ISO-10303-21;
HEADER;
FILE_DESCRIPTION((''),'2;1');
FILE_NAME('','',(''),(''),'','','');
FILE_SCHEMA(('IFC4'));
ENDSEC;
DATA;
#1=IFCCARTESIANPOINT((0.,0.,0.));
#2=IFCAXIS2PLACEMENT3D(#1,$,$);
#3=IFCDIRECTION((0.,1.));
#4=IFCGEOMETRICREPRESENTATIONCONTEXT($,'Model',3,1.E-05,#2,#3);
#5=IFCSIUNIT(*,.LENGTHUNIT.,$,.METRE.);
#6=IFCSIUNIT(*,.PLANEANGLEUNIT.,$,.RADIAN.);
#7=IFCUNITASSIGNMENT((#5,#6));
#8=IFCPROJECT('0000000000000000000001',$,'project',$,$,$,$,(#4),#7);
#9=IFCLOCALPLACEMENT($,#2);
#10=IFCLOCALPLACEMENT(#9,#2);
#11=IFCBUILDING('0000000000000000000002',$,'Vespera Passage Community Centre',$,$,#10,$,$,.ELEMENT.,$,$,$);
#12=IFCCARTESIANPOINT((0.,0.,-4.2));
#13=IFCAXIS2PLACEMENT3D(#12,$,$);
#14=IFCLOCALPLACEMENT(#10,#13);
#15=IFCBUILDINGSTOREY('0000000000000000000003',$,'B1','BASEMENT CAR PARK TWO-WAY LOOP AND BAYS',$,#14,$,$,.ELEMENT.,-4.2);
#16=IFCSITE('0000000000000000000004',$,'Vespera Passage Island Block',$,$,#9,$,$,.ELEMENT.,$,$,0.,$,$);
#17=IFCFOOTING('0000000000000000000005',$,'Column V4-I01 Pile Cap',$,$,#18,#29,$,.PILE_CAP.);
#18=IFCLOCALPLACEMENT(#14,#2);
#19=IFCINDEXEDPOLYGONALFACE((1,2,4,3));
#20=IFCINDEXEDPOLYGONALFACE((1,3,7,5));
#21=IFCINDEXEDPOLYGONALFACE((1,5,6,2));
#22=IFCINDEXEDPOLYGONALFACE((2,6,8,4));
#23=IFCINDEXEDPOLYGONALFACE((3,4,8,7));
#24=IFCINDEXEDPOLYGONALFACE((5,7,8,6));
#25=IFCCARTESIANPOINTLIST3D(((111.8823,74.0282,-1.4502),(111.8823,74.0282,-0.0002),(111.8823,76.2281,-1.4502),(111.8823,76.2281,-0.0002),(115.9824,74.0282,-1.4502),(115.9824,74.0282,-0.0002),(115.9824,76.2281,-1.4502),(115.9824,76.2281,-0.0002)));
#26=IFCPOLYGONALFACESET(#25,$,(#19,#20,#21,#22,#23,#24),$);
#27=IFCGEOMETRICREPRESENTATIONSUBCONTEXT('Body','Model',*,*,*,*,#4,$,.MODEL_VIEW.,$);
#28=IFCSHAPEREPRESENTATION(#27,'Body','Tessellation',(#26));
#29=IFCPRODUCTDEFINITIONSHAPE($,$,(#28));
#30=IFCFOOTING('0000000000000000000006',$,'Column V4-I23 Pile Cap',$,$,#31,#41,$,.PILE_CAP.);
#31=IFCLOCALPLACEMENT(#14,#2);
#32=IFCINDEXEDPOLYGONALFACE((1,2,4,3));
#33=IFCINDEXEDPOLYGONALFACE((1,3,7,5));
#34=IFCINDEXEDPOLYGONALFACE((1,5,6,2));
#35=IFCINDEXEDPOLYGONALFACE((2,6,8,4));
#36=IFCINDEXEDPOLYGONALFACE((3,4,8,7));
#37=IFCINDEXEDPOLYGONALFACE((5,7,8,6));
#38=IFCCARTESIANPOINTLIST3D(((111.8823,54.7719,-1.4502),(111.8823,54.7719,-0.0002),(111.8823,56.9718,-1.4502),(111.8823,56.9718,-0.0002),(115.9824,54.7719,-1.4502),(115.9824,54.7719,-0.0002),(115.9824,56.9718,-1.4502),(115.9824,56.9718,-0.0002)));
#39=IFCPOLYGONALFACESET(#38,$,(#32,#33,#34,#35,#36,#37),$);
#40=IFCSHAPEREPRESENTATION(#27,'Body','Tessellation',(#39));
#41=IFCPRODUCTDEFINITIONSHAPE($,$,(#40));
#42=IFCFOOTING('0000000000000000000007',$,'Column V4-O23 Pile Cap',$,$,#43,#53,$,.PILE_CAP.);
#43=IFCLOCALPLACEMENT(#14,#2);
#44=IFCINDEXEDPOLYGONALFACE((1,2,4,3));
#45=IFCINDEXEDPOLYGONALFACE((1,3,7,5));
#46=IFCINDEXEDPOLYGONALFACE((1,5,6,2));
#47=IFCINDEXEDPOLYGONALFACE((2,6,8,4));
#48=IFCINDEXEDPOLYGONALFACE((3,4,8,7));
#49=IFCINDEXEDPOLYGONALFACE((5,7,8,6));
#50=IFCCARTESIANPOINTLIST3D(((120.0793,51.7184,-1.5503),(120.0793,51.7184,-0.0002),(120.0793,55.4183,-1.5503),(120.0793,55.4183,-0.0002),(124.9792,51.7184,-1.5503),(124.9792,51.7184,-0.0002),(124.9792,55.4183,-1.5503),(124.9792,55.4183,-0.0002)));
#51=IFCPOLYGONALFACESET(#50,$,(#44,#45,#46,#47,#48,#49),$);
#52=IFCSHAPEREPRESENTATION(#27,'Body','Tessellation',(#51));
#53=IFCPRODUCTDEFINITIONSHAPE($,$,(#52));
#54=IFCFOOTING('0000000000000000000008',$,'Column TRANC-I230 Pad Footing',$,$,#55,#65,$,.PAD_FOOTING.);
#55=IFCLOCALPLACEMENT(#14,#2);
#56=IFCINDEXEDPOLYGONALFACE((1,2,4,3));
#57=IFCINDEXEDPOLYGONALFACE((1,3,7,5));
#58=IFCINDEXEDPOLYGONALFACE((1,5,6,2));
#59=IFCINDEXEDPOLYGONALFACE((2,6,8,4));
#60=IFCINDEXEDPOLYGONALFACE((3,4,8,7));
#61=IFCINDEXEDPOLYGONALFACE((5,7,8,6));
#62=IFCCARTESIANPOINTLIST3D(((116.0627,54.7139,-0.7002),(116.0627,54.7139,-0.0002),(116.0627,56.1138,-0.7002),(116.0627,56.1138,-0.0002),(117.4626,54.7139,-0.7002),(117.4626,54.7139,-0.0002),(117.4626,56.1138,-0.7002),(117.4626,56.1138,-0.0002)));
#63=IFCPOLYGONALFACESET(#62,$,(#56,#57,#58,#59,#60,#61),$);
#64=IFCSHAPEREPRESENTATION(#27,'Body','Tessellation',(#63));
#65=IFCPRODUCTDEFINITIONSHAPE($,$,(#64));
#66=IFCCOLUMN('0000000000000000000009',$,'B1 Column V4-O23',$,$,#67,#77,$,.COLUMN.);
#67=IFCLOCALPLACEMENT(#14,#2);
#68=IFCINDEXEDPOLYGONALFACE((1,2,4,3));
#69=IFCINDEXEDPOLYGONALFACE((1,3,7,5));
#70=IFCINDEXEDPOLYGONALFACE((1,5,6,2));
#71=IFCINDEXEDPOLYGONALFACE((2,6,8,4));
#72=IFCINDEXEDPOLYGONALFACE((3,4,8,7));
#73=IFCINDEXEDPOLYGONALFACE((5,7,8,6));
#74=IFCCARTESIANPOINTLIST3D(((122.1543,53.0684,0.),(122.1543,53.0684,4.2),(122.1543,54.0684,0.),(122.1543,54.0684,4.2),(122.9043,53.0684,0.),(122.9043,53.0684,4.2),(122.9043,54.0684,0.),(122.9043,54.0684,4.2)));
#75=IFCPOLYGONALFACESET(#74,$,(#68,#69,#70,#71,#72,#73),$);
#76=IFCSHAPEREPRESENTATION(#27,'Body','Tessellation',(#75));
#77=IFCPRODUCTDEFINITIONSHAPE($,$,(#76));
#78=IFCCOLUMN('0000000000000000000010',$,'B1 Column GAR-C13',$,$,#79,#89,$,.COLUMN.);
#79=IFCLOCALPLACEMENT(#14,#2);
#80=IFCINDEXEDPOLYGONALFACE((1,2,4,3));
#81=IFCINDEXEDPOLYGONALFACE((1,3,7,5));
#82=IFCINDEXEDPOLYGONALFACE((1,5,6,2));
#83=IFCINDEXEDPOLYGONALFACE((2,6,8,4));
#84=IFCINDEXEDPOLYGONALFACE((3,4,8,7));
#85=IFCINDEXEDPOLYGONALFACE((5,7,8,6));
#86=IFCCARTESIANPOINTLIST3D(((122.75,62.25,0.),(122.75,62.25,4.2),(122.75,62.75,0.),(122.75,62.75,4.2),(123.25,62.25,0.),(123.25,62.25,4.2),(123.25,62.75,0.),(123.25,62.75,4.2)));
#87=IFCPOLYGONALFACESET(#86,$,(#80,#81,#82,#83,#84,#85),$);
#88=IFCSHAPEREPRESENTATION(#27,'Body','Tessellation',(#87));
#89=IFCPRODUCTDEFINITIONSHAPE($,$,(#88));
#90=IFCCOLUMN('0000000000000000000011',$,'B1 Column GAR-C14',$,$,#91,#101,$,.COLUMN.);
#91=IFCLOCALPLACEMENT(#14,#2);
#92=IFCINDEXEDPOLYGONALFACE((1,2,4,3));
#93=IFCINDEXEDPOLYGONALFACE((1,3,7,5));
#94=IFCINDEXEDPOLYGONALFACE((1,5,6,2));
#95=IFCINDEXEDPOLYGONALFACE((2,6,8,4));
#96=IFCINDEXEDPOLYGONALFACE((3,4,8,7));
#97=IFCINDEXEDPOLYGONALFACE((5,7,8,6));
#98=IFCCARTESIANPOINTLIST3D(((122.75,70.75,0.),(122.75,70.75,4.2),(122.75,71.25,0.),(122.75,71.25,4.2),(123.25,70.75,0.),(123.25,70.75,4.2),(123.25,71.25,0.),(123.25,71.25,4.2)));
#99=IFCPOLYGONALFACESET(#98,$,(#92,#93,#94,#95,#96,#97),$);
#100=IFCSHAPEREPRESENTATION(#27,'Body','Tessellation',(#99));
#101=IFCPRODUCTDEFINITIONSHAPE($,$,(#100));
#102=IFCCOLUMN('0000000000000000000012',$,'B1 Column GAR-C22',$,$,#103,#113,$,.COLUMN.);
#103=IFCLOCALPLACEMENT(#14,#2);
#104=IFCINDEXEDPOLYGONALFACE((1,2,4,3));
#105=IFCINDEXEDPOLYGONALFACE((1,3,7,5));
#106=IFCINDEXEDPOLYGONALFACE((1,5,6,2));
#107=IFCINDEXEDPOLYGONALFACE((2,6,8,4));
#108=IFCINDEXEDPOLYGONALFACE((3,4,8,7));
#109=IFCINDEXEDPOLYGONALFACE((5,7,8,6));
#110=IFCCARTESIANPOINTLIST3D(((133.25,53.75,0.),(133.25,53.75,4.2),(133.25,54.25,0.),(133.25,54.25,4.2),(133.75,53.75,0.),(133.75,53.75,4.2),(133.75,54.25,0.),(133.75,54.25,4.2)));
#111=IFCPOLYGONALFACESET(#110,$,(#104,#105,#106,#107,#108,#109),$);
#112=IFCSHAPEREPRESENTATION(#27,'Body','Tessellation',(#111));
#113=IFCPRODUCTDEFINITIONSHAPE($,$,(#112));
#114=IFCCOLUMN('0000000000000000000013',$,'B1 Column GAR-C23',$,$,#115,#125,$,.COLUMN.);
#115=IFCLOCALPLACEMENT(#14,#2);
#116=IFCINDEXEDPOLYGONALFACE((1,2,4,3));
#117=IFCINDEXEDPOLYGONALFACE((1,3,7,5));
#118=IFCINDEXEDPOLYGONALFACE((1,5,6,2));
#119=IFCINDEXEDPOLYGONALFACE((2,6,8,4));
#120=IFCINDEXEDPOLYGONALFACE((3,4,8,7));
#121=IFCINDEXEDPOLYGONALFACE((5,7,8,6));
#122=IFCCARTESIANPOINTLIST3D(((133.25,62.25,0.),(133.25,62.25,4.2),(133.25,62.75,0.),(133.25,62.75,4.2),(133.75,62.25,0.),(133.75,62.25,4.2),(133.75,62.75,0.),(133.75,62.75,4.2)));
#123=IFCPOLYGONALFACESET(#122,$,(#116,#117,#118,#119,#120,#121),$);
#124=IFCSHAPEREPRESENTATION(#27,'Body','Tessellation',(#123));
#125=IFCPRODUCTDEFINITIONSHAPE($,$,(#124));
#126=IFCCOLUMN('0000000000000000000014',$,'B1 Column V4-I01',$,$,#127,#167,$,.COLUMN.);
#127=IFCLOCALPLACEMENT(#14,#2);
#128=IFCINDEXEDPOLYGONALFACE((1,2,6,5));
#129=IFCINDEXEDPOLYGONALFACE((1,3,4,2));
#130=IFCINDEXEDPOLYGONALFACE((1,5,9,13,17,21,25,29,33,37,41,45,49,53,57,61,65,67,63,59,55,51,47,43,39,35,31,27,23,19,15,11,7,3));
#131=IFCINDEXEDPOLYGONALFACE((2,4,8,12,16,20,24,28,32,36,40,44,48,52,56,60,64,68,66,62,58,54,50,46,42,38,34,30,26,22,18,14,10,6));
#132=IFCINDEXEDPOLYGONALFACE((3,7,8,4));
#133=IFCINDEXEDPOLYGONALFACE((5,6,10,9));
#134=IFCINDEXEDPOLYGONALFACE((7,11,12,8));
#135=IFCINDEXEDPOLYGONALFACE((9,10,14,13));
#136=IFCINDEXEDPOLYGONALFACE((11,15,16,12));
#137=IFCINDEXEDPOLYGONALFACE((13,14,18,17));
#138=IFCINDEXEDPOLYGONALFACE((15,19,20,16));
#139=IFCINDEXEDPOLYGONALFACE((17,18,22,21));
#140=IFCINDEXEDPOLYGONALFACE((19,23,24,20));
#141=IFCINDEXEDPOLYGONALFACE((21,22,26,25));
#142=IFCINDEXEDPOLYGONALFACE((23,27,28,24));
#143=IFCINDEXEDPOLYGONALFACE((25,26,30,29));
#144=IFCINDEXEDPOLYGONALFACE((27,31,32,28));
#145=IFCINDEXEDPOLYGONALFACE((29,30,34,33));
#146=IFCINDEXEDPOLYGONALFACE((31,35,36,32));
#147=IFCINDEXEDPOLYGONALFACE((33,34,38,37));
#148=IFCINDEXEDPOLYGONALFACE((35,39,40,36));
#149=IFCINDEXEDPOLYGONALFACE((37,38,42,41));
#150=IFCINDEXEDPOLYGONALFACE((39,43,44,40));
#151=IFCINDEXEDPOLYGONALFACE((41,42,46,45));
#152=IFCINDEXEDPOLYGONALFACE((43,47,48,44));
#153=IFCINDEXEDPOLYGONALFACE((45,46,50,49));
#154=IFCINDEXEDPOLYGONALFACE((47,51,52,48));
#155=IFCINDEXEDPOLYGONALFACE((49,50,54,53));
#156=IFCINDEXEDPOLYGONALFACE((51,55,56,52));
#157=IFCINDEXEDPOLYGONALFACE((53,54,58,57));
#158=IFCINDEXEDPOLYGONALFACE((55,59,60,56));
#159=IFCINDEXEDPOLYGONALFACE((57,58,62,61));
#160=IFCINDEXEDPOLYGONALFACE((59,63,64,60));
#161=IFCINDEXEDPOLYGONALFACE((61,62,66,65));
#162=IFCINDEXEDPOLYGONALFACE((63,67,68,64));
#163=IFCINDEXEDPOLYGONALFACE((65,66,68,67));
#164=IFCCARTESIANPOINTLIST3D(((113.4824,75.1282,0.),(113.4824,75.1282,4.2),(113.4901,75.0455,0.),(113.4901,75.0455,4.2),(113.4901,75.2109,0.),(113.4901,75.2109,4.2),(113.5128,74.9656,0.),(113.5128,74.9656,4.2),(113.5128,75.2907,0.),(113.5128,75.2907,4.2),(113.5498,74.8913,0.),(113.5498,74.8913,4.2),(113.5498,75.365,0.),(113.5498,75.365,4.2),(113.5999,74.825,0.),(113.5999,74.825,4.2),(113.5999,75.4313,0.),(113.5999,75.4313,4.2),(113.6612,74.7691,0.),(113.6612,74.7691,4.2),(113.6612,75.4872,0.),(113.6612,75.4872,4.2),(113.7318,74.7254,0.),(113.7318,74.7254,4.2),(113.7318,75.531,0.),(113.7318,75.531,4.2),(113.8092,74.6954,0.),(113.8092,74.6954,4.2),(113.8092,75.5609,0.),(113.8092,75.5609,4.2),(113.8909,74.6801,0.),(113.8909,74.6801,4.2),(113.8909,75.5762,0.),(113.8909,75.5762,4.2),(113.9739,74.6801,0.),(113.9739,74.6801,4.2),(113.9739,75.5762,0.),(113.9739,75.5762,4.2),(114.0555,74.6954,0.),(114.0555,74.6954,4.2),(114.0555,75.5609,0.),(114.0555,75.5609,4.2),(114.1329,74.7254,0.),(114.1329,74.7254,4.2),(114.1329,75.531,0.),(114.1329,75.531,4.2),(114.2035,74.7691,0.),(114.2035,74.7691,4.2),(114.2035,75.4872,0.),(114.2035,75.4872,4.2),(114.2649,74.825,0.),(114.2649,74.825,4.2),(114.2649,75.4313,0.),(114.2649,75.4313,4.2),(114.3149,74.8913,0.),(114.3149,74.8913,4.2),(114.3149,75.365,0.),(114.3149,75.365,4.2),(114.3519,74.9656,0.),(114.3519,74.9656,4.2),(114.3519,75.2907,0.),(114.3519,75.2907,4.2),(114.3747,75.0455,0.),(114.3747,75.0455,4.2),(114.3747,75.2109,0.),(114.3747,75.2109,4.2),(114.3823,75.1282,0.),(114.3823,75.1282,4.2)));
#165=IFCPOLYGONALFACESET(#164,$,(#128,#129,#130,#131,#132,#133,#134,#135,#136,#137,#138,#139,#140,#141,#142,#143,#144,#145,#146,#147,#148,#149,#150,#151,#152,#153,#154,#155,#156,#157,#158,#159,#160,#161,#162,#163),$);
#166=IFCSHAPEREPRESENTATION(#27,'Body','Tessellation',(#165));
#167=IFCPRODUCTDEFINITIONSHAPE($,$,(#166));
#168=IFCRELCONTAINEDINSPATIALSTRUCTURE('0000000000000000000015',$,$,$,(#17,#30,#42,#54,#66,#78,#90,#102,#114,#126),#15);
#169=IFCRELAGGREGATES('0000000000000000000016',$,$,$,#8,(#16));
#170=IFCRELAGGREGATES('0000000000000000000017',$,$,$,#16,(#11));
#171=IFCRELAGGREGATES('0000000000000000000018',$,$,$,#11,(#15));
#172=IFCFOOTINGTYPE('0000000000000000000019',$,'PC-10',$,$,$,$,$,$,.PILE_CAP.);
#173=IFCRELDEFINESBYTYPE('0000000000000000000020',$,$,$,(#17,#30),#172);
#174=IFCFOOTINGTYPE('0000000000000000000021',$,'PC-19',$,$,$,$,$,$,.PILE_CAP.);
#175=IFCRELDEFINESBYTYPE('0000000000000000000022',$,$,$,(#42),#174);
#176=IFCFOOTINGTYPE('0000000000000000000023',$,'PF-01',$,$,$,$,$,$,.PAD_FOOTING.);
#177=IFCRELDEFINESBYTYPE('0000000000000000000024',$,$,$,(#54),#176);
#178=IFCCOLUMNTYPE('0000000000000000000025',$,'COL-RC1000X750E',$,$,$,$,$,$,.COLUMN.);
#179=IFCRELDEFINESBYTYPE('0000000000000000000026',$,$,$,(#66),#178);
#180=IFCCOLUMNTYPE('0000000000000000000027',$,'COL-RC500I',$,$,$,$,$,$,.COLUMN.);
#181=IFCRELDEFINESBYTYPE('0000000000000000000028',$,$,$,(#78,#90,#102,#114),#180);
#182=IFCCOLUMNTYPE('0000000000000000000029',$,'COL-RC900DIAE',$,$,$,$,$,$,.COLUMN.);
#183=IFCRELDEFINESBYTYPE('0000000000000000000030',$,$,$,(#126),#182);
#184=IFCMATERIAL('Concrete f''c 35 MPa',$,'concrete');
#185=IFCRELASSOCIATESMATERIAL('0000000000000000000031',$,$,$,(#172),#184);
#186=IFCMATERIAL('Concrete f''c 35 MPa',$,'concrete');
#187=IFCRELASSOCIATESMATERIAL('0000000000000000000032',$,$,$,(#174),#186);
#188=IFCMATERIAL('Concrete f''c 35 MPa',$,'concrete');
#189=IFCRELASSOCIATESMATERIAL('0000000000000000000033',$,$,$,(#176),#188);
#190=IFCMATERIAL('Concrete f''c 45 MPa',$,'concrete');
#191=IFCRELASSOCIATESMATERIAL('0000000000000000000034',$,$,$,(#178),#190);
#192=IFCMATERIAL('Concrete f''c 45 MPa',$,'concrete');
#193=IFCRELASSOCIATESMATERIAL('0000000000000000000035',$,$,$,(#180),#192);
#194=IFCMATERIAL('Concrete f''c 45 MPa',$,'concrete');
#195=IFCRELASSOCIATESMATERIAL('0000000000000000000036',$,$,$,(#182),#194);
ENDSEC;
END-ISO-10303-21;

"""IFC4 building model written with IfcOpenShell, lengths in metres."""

from ifc_helpers import new_model, si_unit, direction, frame, origin, origin_2d, place, context, subcontext, project, spatial, rectangle, circle, extrude, material, material_profile, profile_set, type_object, element, save


model = new_model("IFC4")

# Units and contexts
model_context = context("Model", 3, precision=1e-05, world=origin(), true_north=direction((0.0, 1.0)))
body_context = subcontext(model_context, "Body", "Model", "MODEL_VIEW")
ifc_project = project(units=[si_unit("LENGTHUNIT", "METRE"), si_unit("PLANEANGLEUNIT", "RADIAN")], contexts=[model_context])

# Site, building, storey
site_placement = place(None, origin())
site = spatial("IfcSite", under=ifc_project, at=site_placement, Name="Vespera Passage Island Block", CompositionType="ELEMENT", RefElevation=0.0)
building_placement = place(site_placement, origin())
building = spatial("IfcBuilding", under=site, at=building_placement, Name="Vespera Passage Community Centre", CompositionType="ELEMENT")
storey_placement = place(building_placement, frame((0.0, 0.0, -4.2)))
storey = spatial("IfcBuildingStorey", under=building, at=storey_placement, Name="B1", Description="BASEMENT CAR PARK TWO-WAY LOOP AND BAYS", CompositionType="ELEMENT", Elevation=-4.2)

# Footings
ifc_material_1 = material(Name="Concrete f'c 35 MPa", Category="concrete")
footing_type_1 = type_object("IfcFootingType", Name="PC-10", PredefinedType="PILE_CAP", material=ifc_material_1)
for number, where, z_axis, x_axis, name in (
    (1, (113.9324, 75.1282, -1.4502), (0.0, 0.0, 1.0), (1.0, 0.0, 0.0), "Column V4-I01 Pile Cap"),
    (2, (113.9324, 55.8718, -1.4502), (0.0, 0.0, 1.0), (1.0, 0.0, 0.0), "Column V4-I23 Pile Cap"),
):
    element("IfcFooting", number, at=place(storey_placement, frame(where, z_axis=z_axis, x_axis=x_axis)), inside=storey, type_object=footing_type_1, Name=name, PredefinedType="PILE_CAP", context=body_context, shape_type="SweptSolid", body=[
        extrude(rectangle(XDim=4.1001, YDim=2.2, at=origin_2d()), origin(), (0.0, 0.0, 1.0), 1.45),
    ])
ifc_material_2 = material(Name="Concrete f'c 35 MPa", Category="concrete")
footing_type_2 = type_object("IfcFootingType", Name="PC-19", PredefinedType="PILE_CAP", material=ifc_material_2)
footing_1_placement = place(storey_placement, frame((122.5293, 53.5684, -1.5503), z_axis=(0.0, 0.0, 1.0), x_axis=(1.0, 0.0, 0.0)))
element("IfcFooting", 3, at=footing_1_placement, inside=storey, type_object=footing_type_2, Name="Column V4-O23 Pile Cap", PredefinedType="PILE_CAP", context=body_context, shape_type="SweptSolid", body=[
    extrude(rectangle(XDim=4.8999, YDim=3.7, at=origin_2d()), origin(), (0.0, 0.0, 1.0), 1.55),
])
ifc_material_3 = material(Name="Concrete f'c 35 MPa", Category="concrete")
footing_type_3 = type_object("IfcFootingType", Name="PF-01", PredefinedType="PAD_FOOTING", material=ifc_material_3)
footing_2_placement = place(storey_placement, frame((116.7627, 55.4138, -0.7002), z_axis=(0.0, 0.0, 1.0), x_axis=(1.0, 0.0, 0.0)))
element("IfcFooting", 4, at=footing_2_placement, inside=storey, type_object=footing_type_3, Name="Column TRANC-I230 Pad Footing", PredefinedType="PAD_FOOTING", context=body_context, shape_type="SweptSolid", body=[
    extrude(rectangle(XDim=1.3999, YDim=1.3999, at=origin_2d()), origin(), (0.0, 0.0, 1.0), 0.7),
])

# Columns
ifc_material_4 = material(Name="Concrete f'c 45 MPa", Category="concrete")
ifc_material_profile_1 = material_profile(ifc_material_4, rectangle(XDim=0.75, YDim=1.0, at=origin_2d()), Name="RC1000X750")
ifc_profile_set_1 = profile_set([ifc_material_profile_1], Name="Concrete f'c 45 MPa")
column_type_1 = type_object("IfcColumnType", Name="COL-RC1000X750E", PredefinedType="COLUMN", material=ifc_profile_set_1)
column_placement = place(storey_placement, frame((122.5293, 53.5684, 0.0), z_axis=(0.0, 0.0, 1.0), x_axis=(1.0, 0.0, 0.0)))
element("IfcColumn", 5, at=column_placement, inside=storey, type_object=column_type_1, Name="B1 Column V4-O23", PredefinedType="COLUMN", context=body_context, shape_type="SweptSolid", body=[
    extrude(rectangle(XDim=0.75, YDim=1.0, at=origin_2d()), origin(), (0.0, 0.0, 1.0), 4.2),
])
ifc_material_5 = material(Name="Concrete f'c 45 MPa", Category="concrete")
ifc_material_profile_2 = material_profile(ifc_material_5, rectangle(XDim=0.5, YDim=0.5, at=origin_2d()), Name="RC500X500")
ifc_profile_set_2 = profile_set([ifc_material_profile_2], Name="Concrete f'c 45 MPa")
column_type_2 = type_object("IfcColumnType", Name="COL-RC500I", PredefinedType="COLUMN", material=ifc_profile_set_2)
for number, where, z_axis, x_axis, name in (
    (6, (123.0, 62.5, 0.0), (0.0, 0.0, 1.0), (1.0, 0.0, 0.0), "B1 Column GAR-C13"),
    (7, (123.0, 71.0, 0.0), (0.0, 0.0, 1.0), (1.0, 0.0, 0.0), "B1 Column GAR-C14"),
    (8, (133.5, 54.0, 0.0), (0.0, 0.0, 1.0), (1.0, 0.0, 0.0), "B1 Column GAR-C22"),
    (9, (133.5, 62.5, 0.0), (0.0, 0.0, 1.0), (1.0, 0.0, 0.0), "B1 Column GAR-C23"),
):
    element("IfcColumn", number, at=place(storey_placement, frame(where, z_axis=z_axis, x_axis=x_axis)), inside=storey, type_object=column_type_2, Name=name, PredefinedType="COLUMN", context=body_context, shape_type="SweptSolid", body=[
        extrude(rectangle(XDim=0.5, YDim=0.5, at=origin_2d()), origin(), (0.0, 0.0, 1.0), 4.2),
    ])
ifc_material_6 = material(Name="Concrete f'c 45 MPa", Category="concrete")
ifc_material_profile_3 = material_profile(ifc_material_6, circle(Radius=0.45, at=origin_2d()), Name="RC900DIA")
ifc_profile_set_3 = profile_set([ifc_material_profile_3], Name="Concrete f'c 45 MPa")
column_type_3 = type_object("IfcColumnType", Name="COL-RC900DIAE", PredefinedType="COLUMN", material=ifc_profile_set_3)
for number, where, z_axis, x_axis, name in (
    (10, (113.9324, 75.1282, 0.0), (0.0, 0.0, 1.0), (1.0, 0.0, 0.0), "B1 Column V4-I01"),
):
    element("IfcColumn", number, at=place(storey_placement, frame(where, z_axis=z_axis, x_axis=x_axis)), inside=storey, type_object=column_type_3, Name=name, PredefinedType="COLUMN", context=body_context, shape_type="SweptSolid", body=[
        extrude(circle(Radius=0.45, at=origin_2d()), origin(), (0.0, 0.0, 1.0), 4.2),
    ])

save(model, "model.ifc")
